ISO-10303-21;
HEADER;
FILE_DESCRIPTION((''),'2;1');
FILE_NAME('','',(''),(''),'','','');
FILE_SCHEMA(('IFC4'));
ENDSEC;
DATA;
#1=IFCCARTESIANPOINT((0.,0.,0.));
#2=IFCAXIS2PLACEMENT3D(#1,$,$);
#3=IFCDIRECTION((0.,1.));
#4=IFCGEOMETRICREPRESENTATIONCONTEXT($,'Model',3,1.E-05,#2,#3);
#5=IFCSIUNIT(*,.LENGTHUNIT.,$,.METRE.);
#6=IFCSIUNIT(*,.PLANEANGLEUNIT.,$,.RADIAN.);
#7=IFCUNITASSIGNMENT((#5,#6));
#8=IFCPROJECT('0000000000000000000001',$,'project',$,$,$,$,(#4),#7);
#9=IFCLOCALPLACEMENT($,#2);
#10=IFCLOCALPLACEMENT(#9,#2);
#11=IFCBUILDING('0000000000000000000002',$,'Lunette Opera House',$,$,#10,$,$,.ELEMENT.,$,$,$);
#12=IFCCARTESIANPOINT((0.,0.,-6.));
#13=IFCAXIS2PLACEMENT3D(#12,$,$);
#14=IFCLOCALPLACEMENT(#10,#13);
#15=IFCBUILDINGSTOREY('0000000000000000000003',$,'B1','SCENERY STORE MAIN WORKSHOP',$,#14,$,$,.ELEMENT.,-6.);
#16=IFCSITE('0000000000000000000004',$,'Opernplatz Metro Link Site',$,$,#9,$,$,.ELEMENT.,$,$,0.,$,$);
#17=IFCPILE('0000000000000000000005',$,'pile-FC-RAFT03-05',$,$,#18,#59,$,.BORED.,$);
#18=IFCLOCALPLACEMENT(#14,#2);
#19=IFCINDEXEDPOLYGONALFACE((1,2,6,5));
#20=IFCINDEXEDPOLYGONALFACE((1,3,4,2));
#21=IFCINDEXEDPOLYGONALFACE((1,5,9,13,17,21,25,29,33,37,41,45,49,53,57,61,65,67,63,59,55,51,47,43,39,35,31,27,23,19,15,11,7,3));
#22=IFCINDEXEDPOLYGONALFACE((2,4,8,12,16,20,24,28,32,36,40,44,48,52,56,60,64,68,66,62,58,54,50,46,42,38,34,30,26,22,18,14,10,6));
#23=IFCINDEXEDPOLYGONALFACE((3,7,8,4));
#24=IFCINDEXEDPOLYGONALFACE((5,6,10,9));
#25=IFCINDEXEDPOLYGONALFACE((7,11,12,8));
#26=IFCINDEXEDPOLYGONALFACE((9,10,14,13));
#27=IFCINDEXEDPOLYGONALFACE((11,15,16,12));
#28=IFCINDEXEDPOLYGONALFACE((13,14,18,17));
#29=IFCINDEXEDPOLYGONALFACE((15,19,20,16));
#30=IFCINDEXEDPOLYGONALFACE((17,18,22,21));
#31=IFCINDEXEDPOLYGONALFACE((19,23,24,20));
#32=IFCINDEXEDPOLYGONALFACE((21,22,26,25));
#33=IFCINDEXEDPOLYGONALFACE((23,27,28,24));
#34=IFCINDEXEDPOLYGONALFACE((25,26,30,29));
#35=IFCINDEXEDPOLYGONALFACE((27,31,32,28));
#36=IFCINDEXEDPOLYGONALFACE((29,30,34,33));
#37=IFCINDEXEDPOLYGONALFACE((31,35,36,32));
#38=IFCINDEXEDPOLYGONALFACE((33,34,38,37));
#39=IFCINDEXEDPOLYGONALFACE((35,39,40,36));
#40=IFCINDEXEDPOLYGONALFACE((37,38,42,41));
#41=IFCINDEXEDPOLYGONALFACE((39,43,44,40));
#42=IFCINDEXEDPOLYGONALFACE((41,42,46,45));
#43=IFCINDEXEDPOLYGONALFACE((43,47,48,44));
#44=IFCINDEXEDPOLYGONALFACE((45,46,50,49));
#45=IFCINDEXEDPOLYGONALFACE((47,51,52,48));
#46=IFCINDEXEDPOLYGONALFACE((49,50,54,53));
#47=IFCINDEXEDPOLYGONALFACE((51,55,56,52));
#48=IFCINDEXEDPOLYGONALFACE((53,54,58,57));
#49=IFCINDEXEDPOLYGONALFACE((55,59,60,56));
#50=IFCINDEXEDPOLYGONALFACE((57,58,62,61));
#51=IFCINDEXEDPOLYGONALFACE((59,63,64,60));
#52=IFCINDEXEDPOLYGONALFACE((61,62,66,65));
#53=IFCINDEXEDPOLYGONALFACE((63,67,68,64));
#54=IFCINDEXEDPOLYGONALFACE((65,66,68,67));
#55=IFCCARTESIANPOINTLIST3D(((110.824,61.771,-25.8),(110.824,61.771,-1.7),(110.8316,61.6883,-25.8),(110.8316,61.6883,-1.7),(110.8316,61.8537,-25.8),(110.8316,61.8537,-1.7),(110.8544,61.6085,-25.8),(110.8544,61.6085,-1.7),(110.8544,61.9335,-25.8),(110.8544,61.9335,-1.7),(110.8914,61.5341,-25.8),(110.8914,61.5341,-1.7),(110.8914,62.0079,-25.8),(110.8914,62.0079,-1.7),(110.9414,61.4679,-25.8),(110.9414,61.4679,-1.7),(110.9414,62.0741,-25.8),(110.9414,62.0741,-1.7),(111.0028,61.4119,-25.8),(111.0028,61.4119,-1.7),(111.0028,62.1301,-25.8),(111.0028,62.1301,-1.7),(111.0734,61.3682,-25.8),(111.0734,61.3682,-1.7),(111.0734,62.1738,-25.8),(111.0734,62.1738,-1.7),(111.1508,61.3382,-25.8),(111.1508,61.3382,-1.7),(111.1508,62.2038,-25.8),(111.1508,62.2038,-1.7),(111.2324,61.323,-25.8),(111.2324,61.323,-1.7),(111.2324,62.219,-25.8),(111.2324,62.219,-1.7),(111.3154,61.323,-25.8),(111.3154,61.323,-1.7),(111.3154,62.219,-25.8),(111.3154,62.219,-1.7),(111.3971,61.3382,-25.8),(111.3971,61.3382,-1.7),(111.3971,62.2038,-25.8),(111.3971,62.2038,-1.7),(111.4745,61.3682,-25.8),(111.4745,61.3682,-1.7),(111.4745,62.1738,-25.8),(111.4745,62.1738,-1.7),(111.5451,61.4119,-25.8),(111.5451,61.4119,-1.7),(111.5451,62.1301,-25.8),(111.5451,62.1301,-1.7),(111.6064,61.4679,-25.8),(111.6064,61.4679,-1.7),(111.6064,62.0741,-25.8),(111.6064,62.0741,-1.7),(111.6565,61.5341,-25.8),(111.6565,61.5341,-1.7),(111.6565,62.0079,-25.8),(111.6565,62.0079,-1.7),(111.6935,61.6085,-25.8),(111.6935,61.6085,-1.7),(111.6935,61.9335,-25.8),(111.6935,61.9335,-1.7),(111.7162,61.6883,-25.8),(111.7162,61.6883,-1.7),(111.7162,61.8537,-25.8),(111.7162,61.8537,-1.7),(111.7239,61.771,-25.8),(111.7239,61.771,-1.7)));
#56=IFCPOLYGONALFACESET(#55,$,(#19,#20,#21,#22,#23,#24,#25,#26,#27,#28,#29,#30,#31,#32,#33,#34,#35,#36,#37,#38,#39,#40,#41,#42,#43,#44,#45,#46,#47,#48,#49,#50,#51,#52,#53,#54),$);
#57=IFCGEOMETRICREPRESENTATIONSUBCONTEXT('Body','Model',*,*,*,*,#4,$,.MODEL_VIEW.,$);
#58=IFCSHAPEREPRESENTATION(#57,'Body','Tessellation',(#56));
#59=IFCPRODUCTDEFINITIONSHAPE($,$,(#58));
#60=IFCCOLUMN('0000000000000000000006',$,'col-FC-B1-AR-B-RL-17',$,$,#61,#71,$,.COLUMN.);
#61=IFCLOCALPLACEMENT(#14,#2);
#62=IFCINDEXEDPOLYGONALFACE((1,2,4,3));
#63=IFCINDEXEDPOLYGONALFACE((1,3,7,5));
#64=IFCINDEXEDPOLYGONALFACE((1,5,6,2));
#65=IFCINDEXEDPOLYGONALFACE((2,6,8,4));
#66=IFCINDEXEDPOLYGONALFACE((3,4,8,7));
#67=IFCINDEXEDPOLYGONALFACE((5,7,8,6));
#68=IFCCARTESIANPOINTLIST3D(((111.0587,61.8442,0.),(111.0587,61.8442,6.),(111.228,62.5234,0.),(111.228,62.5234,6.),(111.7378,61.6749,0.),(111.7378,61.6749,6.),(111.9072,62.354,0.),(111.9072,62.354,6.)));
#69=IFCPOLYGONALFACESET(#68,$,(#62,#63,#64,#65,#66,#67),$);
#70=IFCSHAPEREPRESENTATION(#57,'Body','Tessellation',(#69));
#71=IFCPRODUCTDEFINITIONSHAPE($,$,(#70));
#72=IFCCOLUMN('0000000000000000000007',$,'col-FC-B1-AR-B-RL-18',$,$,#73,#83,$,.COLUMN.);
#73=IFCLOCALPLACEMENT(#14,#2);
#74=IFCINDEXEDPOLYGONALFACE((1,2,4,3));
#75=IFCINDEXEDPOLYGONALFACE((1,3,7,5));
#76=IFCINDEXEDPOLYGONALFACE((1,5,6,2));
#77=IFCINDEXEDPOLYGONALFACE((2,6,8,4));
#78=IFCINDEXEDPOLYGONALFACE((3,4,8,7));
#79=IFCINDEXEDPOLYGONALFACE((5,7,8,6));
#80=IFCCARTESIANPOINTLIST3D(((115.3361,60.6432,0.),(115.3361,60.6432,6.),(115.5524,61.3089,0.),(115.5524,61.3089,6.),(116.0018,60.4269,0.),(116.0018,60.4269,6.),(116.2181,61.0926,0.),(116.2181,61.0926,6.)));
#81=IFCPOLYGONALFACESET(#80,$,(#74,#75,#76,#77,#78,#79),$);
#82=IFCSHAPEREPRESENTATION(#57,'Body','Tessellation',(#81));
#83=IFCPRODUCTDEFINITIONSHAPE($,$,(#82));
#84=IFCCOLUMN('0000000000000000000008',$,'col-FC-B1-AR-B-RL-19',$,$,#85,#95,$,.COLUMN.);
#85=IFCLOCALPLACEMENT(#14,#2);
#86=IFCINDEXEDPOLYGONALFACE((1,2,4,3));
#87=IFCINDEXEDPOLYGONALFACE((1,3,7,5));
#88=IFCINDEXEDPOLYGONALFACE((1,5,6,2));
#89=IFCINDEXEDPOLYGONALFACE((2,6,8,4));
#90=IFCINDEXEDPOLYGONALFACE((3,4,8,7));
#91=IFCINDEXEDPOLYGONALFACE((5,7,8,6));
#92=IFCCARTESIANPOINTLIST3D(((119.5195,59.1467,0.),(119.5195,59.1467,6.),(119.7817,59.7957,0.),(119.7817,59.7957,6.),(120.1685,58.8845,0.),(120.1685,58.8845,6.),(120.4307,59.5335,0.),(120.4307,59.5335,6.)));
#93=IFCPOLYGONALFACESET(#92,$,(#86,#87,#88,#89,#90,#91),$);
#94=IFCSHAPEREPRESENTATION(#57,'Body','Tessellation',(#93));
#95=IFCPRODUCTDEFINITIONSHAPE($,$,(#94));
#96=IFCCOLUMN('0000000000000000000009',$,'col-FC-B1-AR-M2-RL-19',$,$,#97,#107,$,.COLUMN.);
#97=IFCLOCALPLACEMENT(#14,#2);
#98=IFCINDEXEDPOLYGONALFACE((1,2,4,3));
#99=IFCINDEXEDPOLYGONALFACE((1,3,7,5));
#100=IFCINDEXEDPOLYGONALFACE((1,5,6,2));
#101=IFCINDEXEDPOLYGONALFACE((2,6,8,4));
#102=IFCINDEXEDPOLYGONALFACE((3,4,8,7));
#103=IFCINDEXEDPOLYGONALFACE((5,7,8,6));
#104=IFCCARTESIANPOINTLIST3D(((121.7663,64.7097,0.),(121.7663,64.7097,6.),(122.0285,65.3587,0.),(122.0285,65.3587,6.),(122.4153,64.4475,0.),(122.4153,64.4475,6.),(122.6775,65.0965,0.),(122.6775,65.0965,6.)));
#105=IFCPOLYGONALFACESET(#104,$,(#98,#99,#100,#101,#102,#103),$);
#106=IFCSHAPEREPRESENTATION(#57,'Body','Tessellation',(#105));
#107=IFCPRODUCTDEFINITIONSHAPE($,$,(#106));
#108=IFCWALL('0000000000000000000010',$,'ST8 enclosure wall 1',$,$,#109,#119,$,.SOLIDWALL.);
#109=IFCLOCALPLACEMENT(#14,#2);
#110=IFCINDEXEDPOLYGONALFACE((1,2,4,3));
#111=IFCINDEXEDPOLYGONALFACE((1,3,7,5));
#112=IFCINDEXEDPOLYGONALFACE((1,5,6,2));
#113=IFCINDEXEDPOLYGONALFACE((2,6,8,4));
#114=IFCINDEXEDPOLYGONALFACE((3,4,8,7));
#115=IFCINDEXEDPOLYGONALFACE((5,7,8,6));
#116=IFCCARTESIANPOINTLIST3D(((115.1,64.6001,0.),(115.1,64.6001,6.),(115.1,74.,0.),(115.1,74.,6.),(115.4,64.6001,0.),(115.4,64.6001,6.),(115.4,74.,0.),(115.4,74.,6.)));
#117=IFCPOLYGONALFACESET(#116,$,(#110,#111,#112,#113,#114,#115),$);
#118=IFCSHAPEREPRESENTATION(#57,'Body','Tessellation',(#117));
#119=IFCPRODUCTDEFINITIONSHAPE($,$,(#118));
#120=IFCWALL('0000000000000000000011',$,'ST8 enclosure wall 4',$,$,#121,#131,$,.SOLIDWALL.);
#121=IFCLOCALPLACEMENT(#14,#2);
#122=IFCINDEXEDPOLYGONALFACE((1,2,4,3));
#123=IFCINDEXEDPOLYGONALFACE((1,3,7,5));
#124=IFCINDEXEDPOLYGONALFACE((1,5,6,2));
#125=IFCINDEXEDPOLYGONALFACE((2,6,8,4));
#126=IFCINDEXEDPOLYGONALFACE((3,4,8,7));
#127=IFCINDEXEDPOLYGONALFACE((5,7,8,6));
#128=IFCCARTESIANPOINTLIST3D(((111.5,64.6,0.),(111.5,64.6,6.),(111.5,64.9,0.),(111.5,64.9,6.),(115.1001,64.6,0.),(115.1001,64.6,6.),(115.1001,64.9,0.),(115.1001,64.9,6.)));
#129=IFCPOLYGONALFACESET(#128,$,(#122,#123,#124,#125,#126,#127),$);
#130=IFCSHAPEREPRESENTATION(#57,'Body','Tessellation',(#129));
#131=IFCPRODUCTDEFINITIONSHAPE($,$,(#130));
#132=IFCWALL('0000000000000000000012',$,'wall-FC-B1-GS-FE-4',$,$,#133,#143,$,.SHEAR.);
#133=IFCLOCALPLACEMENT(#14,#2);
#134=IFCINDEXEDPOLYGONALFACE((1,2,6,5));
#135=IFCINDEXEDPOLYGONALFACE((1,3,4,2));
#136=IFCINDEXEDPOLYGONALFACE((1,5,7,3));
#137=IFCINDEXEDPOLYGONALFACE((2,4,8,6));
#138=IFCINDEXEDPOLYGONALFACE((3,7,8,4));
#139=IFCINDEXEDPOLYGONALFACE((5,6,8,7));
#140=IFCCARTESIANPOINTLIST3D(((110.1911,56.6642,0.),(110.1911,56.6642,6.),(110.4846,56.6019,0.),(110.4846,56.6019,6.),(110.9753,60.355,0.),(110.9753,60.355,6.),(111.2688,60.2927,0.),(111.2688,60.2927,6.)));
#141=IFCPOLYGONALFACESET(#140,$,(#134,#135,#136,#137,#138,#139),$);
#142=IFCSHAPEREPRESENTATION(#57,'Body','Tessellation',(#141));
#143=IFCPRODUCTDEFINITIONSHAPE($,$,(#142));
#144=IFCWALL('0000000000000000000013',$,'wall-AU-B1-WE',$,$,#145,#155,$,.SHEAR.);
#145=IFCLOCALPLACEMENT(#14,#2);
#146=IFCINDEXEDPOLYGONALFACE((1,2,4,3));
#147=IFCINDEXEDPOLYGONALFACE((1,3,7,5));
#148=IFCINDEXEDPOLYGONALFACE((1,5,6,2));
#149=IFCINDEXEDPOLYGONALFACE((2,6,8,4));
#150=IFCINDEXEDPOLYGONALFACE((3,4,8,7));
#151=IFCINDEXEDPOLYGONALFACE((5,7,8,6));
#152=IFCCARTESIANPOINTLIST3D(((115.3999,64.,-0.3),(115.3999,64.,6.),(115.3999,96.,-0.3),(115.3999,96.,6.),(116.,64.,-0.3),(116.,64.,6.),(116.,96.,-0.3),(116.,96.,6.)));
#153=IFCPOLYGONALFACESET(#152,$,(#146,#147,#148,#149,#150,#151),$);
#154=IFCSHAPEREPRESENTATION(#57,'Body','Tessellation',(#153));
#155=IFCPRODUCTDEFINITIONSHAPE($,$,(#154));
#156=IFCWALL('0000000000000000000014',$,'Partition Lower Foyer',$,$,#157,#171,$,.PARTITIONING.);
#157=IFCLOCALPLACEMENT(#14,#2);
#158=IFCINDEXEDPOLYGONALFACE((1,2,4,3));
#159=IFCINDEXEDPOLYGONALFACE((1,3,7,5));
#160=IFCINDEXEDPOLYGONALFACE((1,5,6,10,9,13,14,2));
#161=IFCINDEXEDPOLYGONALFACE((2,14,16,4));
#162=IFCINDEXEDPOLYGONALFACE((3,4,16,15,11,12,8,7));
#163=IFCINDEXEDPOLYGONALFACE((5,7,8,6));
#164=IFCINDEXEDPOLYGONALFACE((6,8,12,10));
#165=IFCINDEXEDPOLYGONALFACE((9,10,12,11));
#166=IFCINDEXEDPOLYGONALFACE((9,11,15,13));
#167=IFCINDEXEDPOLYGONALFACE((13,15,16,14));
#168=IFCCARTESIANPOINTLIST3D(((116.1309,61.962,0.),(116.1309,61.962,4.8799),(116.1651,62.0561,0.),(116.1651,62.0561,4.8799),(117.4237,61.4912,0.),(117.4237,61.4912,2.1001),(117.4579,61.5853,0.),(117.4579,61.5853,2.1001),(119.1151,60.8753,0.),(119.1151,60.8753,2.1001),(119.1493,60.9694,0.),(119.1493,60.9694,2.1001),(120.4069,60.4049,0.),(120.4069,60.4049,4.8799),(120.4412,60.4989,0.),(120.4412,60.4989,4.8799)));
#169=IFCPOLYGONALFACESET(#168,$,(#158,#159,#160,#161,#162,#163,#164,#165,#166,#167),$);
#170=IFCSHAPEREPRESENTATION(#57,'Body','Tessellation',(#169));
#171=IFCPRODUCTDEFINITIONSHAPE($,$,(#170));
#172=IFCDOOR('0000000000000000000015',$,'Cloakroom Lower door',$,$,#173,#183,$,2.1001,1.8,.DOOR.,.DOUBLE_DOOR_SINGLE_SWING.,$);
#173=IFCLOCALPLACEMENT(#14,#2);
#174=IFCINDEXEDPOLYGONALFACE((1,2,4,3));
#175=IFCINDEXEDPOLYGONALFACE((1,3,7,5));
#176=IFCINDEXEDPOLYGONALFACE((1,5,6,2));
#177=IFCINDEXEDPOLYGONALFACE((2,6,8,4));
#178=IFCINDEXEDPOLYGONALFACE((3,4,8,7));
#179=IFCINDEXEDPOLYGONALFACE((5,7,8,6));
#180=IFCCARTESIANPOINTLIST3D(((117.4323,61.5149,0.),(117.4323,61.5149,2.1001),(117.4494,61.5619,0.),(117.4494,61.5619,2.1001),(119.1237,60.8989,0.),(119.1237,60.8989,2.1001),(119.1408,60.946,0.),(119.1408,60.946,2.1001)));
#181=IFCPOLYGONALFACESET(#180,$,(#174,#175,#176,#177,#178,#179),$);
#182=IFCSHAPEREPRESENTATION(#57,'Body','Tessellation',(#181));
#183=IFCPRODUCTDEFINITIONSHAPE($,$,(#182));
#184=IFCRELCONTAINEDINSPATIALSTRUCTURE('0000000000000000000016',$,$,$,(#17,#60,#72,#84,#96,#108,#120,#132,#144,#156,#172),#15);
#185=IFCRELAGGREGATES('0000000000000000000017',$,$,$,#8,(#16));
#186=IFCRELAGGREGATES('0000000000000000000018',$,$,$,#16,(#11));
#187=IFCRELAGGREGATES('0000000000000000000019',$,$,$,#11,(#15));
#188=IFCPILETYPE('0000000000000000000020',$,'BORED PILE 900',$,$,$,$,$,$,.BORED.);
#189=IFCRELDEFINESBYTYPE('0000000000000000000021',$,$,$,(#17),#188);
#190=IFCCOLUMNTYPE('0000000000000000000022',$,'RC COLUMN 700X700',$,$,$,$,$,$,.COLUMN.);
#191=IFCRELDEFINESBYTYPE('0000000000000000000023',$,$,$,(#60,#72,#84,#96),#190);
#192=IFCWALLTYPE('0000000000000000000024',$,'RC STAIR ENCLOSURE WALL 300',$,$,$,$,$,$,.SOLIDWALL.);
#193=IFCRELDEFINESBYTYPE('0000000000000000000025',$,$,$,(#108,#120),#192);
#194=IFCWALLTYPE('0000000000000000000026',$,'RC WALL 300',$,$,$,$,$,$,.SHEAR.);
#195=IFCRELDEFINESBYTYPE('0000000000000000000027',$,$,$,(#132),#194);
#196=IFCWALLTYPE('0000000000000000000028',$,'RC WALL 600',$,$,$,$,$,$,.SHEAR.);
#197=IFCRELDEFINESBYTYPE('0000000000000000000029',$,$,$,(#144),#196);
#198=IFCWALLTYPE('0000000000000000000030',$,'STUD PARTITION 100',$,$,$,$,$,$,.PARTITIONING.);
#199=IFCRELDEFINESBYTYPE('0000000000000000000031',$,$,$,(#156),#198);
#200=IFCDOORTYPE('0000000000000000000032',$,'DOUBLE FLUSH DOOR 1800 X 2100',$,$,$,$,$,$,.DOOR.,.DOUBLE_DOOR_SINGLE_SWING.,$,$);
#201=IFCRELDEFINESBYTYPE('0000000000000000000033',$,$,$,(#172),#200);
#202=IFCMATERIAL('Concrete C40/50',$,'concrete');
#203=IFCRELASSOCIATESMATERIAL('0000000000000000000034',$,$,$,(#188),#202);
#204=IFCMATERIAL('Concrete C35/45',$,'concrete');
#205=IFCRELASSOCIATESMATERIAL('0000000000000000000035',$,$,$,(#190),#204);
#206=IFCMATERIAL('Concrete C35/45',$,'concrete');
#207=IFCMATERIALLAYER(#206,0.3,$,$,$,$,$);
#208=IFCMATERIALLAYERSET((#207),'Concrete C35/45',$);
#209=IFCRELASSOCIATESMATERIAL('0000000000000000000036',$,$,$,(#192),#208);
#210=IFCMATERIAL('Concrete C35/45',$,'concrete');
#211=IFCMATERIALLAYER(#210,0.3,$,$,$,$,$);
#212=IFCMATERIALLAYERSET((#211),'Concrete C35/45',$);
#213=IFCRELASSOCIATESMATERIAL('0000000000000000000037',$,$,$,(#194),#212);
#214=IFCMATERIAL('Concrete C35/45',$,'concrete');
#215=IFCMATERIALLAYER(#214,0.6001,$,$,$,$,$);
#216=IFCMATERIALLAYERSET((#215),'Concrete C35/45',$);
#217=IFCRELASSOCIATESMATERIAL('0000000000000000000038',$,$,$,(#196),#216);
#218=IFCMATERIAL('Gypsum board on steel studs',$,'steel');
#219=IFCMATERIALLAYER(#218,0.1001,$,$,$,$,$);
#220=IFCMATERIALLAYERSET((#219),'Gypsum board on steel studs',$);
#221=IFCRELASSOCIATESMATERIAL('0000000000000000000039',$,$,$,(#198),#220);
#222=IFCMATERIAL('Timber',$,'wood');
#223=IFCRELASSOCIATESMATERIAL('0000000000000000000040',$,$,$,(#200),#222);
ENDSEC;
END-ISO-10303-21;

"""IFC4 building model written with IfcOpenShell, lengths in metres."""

from ifc_helpers import new_model, si_unit, direction, frame, frame_2d, origin, origin_2d, place, context, subcontext, project, spatial, rectangle, circle, extrude, material, layer, layer_set, material_profile, profile_set, type_object, element, fill, save


model = new_model("IFC4")

# Units and contexts
model_context = context("Model", 3, precision=1e-05, world=origin(), true_north=direction((0.0, 1.0)))
body_context = subcontext(model_context, "Body", "Model", "MODEL_VIEW")
ifc_project = project(units=[si_unit("LENGTHUNIT", "METRE"), si_unit("PLANEANGLEUNIT", "RADIAN")], contexts=[model_context])

# Site, building, storey
site_placement = place(None, origin())
site = spatial("IfcSite", under=ifc_project, at=site_placement, Name="Opernplatz Metro Link Site", CompositionType="ELEMENT", RefElevation=0.0)
building_placement = place(site_placement, origin())
building = spatial("IfcBuilding", under=site, at=building_placement, Name="Lunette Opera House", CompositionType="ELEMENT")
storey_placement = place(building_placement, frame((0.0, 0.0, -6.0)))
storey = spatial("IfcBuildingStorey", under=building, at=storey_placement, Name="B1", Description="SCENERY STORE MAIN WORKSHOP", CompositionType="ELEMENT", Elevation=-6.0)

# Pile
ifc_material_1 = material(Name="Concrete C40/50", Category="concrete")
ifc_material_profile_1 = material_profile(ifc_material_1, circle(Radius=0.45, at=origin_2d()), Name="BORED PILE 900")
ifc_profile_set_1 = profile_set([ifc_material_profile_1], Name="Concrete C40/50")
pile_type_1 = type_object("IfcPileType", Name="BORED PILE 900", PredefinedType="BORED", material=ifc_profile_set_1)
for number, where, z_axis, x_axis, name in (
    (1, (111.2739, 61.771, -1.7), (0.0, 0.0, -1.0), (1.0, 0.0, 0.0), "pile-FC-RAFT03-05"),
):
    element("IfcPile", number, at=place(storey_placement, frame(where, z_axis=z_axis, x_axis=x_axis)), inside=storey, type_object=pile_type_1, Name=name, PredefinedType="BORED", context=body_context, shape_type="SweptSolid", body=[
        extrude(circle(Radius=0.45, at=origin_2d()), origin(), (0.0, 0.0, 1.0), 24.1001),
    ])

# Columns
ifc_material_2 = material(Name="Concrete C35/45", Category="concrete")
ifc_material_profile_2 = material_profile(ifc_material_2, rectangle(XDim=0.7, YDim=0.7, at=origin_2d()), Name="RC COLUMN 700X700")
ifc_profile_set_2 = profile_set([ifc_material_profile_2], Name="Concrete C35/45")
column_type = type_object("IfcColumnType", Name="RC COLUMN 700X700", PredefinedType="COLUMN", material=ifc_profile_set_2)
for number, where, z_axis, x_axis, name in (
    (2, (111.4829, 62.0991, 0.0), (0.0, 0.0, 1.0), (0.970296, -0.241922, 0.0), "col-FC-B1-AR-B-RL-17"),
    (3, (115.7771, 60.8679, 0.0), (0.0, 0.0, 1.0), (0.951057, -0.309017, 0.0), "col-FC-B1-AR-B-RL-18"),
    (4, (119.9751, 59.3401, 0.0), (0.0, 0.0, 1.0), (0.927184, -0.374607, 0.0), "col-FC-B1-AR-B-RL-19"),
    (5, (122.2219, 64.9031, 0.0), (0.0, 0.0, 1.0), (0.927184, -0.374607, 0.0), "col-FC-B1-AR-M2-RL-19"),
):
    element("IfcColumn", number, at=place(storey_placement, frame(where, z_axis=z_axis, x_axis=x_axis)), inside=storey, type_object=column_type, Name=name, PredefinedType="COLUMN", context=body_context, shape_type="SweptSolid", body=[
        extrude(rectangle(XDim=0.7, YDim=0.7, at=origin_2d()), origin(), (0.0, 0.0, 1.0), 6.0),
    ])

# Walls
ifc_material_3 = material(Name="Concrete C35/45", Category="concrete")
ifc_layer_1 = layer(ifc_material_3, 0.3)
ifc_layer_set_1 = layer_set([ifc_layer_1], Name="Concrete C35/45")
wall_type_1 = type_object("IfcWallType", Name="RC STAIR ENCLOSURE WALL 300", PredefinedType="SOLIDWALL", material=ifc_layer_set_1)
wall_1_placement = place(storey_placement, frame((115.25, 64.6001, 0.0), z_axis=(0.0, 0.0, 1.0), x_axis=(0.0, 1.0, 0.0)))
element("IfcWall", 6, at=wall_1_placement, inside=storey, type_object=wall_type_1, Name="ST8 enclosure wall 1", PredefinedType="SOLIDWALL", context=body_context, shape_type="SweptSolid", body=[
    extrude(rectangle(XDim=9.3999, YDim=0.3, at=frame_2d((4.7, 0.0))), origin(), (0.0, 0.0, 1.0), 6.0),
])
wall_2_placement = place(storey_placement, frame((111.5, 64.75, 0.0), z_axis=(0.0, 0.0, 1.0), x_axis=(1.0, 0.0, 0.0)))
element("IfcWall", 7, at=wall_2_placement, inside=storey, type_object=wall_type_1, Name="ST8 enclosure wall 4", PredefinedType="SOLIDWALL", context=body_context, shape_type="SweptSolid", body=[
    extrude(rectangle(XDim=3.6001, YDim=0.3, at=frame_2d((1.8, 0.0))), origin(), (0.0, 0.0, 1.0), 6.0),
])
ifc_material_4 = material(Name="Concrete C35/45", Category="concrete")
ifc_layer_2 = layer(ifc_material_4, 0.3)
ifc_layer_set_2 = layer_set([ifc_layer_2], Name="Concrete C35/45")
wall_type_2 = type_object("IfcWallType", Name="RC WALL 300", PredefinedType="SHEAR", material=ifc_layer_set_2)
wall_3_placement = place(storey_placement, frame((111.1221, 60.324, 0.0), z_axis=(0.0, 0.0, 1.0), x_axis=(-0.207823, -0.978166, 0.0)))
element("IfcWall", 8, at=wall_3_placement, inside=storey, type_object=wall_type_2, Name="wall-FC-B1-GS-FE-4", PredefinedType="SHEAR", context=body_context, shape_type="SweptSolid", body=[
    extrude(rectangle(XDim=3.7732, YDim=0.3, at=frame_2d((1.8867, 0.0))), origin(), (0.0, 0.0, 1.0), 6.0),
])
ifc_material_5 = material(Name="Concrete C35/45", Category="concrete")
ifc_layer_3 = layer(ifc_material_5, 0.6001)
ifc_layer_set_3 = layer_set([ifc_layer_3], Name="Concrete C35/45")
wall_type_3 = type_object("IfcWallType", Name="RC WALL 600", PredefinedType="SHEAR", material=ifc_layer_set_3)
wall_4_placement = place(storey_placement, frame((115.7, 64.0, -0.3), z_axis=(0.0, 0.0, 1.0), x_axis=(0.0, 1.0, 0.0)))
element("IfcWall", 9, at=wall_4_placement, inside=storey, type_object=wall_type_3, Name="wall-AU-B1-WE", PredefinedType="SHEAR", context=body_context, shape_type="SweptSolid", body=[
    extrude(rectangle(XDim=32.0, YDim=0.6001, at=frame_2d((16.0, 0.0))), origin(), (0.0, 0.0, 1.0), 6.3),
])

# Wall, opening, door
ifc_material_6 = material(Name="Gypsum board on steel studs", Category="steel")
ifc_layer_4 = layer(ifc_material_6, 0.1001)
ifc_layer_set_4 = layer_set([ifc_layer_4], Name="Gypsum board on steel studs")
wall_type_4 = type_object("IfcWallType", Name="STUD PARTITION 100", PredefinedType="PARTITIONING", material=ifc_layer_set_4)
wall_5_placement = place(storey_placement, frame((120.4241, 60.4519, 0.0), z_axis=(0.0, 0.0, 1.0), x_axis=(-0.93964, 0.342165, 0.0)))
wall_5 = element("IfcWall", 10, at=wall_5_placement, inside=storey, type_object=wall_type_4, Name="Partition Lower Foyer", PredefinedType="PARTITIONING", context=body_context, shape_type="SweptSolid", body=[
    extrude(rectangle(XDim=4.5508, YDim=0.1001, at=frame_2d((2.2754, 0.0))), origin(), (0.0, 0.0, 1.0), 4.8799),
])
opening_placement = place(wall_5_placement, frame((1.375, 0.0, 0.0)))
opening = element("IfcOpeningElement", 11, at=opening_placement, cuts=wall_5, PredefinedType="OPENING", context=body_context, shape_type="SweptSolid", body=[
    extrude(rectangle(XDim=1.8, YDim=2.1001, at=frame_2d((0.8999, 1.05))), frame((0.0, 0.062, 0.0), z_axis=(0.0, -1.0, 0.0), x_axis=(1.0, 0.0, 0.0)), (0.0, 0.0, 1.0), 0.124),
])
ifc_material_7 = material(Name="Timber", Category="wood")
door_type = type_object("IfcDoorType", Name="DOUBLE FLUSH DOOR 1800 X 2100", OperationType="DOUBLE_DOOR_SINGLE_SWING", PredefinedType="DOOR", material=ifc_material_7)
door_placement = place(opening_placement, origin())
door = element("IfcDoor", 12, at=door_placement, inside=storey, type_object=door_type, Name="Cloakroom Lower door", OperationType="DOUBLE_DOOR_SINGLE_SWING", OverallHeight=2.1001, OverallWidth=1.8, PredefinedType="DOOR", context=body_context, shape_type="SweptSolid", body=[
    extrude(rectangle(XDim=1.8, YDim=2.1001, at=frame_2d((0.8999, 1.05))), frame((0.0, 0.0249, 0.0), z_axis=(0.0, -1.0, 0.0), x_axis=(1.0, 0.0, 0.0)), (0.0, 0.0, 1.0), 0.05),
])
fill(opening, door)

save(model, "model.ifc")
